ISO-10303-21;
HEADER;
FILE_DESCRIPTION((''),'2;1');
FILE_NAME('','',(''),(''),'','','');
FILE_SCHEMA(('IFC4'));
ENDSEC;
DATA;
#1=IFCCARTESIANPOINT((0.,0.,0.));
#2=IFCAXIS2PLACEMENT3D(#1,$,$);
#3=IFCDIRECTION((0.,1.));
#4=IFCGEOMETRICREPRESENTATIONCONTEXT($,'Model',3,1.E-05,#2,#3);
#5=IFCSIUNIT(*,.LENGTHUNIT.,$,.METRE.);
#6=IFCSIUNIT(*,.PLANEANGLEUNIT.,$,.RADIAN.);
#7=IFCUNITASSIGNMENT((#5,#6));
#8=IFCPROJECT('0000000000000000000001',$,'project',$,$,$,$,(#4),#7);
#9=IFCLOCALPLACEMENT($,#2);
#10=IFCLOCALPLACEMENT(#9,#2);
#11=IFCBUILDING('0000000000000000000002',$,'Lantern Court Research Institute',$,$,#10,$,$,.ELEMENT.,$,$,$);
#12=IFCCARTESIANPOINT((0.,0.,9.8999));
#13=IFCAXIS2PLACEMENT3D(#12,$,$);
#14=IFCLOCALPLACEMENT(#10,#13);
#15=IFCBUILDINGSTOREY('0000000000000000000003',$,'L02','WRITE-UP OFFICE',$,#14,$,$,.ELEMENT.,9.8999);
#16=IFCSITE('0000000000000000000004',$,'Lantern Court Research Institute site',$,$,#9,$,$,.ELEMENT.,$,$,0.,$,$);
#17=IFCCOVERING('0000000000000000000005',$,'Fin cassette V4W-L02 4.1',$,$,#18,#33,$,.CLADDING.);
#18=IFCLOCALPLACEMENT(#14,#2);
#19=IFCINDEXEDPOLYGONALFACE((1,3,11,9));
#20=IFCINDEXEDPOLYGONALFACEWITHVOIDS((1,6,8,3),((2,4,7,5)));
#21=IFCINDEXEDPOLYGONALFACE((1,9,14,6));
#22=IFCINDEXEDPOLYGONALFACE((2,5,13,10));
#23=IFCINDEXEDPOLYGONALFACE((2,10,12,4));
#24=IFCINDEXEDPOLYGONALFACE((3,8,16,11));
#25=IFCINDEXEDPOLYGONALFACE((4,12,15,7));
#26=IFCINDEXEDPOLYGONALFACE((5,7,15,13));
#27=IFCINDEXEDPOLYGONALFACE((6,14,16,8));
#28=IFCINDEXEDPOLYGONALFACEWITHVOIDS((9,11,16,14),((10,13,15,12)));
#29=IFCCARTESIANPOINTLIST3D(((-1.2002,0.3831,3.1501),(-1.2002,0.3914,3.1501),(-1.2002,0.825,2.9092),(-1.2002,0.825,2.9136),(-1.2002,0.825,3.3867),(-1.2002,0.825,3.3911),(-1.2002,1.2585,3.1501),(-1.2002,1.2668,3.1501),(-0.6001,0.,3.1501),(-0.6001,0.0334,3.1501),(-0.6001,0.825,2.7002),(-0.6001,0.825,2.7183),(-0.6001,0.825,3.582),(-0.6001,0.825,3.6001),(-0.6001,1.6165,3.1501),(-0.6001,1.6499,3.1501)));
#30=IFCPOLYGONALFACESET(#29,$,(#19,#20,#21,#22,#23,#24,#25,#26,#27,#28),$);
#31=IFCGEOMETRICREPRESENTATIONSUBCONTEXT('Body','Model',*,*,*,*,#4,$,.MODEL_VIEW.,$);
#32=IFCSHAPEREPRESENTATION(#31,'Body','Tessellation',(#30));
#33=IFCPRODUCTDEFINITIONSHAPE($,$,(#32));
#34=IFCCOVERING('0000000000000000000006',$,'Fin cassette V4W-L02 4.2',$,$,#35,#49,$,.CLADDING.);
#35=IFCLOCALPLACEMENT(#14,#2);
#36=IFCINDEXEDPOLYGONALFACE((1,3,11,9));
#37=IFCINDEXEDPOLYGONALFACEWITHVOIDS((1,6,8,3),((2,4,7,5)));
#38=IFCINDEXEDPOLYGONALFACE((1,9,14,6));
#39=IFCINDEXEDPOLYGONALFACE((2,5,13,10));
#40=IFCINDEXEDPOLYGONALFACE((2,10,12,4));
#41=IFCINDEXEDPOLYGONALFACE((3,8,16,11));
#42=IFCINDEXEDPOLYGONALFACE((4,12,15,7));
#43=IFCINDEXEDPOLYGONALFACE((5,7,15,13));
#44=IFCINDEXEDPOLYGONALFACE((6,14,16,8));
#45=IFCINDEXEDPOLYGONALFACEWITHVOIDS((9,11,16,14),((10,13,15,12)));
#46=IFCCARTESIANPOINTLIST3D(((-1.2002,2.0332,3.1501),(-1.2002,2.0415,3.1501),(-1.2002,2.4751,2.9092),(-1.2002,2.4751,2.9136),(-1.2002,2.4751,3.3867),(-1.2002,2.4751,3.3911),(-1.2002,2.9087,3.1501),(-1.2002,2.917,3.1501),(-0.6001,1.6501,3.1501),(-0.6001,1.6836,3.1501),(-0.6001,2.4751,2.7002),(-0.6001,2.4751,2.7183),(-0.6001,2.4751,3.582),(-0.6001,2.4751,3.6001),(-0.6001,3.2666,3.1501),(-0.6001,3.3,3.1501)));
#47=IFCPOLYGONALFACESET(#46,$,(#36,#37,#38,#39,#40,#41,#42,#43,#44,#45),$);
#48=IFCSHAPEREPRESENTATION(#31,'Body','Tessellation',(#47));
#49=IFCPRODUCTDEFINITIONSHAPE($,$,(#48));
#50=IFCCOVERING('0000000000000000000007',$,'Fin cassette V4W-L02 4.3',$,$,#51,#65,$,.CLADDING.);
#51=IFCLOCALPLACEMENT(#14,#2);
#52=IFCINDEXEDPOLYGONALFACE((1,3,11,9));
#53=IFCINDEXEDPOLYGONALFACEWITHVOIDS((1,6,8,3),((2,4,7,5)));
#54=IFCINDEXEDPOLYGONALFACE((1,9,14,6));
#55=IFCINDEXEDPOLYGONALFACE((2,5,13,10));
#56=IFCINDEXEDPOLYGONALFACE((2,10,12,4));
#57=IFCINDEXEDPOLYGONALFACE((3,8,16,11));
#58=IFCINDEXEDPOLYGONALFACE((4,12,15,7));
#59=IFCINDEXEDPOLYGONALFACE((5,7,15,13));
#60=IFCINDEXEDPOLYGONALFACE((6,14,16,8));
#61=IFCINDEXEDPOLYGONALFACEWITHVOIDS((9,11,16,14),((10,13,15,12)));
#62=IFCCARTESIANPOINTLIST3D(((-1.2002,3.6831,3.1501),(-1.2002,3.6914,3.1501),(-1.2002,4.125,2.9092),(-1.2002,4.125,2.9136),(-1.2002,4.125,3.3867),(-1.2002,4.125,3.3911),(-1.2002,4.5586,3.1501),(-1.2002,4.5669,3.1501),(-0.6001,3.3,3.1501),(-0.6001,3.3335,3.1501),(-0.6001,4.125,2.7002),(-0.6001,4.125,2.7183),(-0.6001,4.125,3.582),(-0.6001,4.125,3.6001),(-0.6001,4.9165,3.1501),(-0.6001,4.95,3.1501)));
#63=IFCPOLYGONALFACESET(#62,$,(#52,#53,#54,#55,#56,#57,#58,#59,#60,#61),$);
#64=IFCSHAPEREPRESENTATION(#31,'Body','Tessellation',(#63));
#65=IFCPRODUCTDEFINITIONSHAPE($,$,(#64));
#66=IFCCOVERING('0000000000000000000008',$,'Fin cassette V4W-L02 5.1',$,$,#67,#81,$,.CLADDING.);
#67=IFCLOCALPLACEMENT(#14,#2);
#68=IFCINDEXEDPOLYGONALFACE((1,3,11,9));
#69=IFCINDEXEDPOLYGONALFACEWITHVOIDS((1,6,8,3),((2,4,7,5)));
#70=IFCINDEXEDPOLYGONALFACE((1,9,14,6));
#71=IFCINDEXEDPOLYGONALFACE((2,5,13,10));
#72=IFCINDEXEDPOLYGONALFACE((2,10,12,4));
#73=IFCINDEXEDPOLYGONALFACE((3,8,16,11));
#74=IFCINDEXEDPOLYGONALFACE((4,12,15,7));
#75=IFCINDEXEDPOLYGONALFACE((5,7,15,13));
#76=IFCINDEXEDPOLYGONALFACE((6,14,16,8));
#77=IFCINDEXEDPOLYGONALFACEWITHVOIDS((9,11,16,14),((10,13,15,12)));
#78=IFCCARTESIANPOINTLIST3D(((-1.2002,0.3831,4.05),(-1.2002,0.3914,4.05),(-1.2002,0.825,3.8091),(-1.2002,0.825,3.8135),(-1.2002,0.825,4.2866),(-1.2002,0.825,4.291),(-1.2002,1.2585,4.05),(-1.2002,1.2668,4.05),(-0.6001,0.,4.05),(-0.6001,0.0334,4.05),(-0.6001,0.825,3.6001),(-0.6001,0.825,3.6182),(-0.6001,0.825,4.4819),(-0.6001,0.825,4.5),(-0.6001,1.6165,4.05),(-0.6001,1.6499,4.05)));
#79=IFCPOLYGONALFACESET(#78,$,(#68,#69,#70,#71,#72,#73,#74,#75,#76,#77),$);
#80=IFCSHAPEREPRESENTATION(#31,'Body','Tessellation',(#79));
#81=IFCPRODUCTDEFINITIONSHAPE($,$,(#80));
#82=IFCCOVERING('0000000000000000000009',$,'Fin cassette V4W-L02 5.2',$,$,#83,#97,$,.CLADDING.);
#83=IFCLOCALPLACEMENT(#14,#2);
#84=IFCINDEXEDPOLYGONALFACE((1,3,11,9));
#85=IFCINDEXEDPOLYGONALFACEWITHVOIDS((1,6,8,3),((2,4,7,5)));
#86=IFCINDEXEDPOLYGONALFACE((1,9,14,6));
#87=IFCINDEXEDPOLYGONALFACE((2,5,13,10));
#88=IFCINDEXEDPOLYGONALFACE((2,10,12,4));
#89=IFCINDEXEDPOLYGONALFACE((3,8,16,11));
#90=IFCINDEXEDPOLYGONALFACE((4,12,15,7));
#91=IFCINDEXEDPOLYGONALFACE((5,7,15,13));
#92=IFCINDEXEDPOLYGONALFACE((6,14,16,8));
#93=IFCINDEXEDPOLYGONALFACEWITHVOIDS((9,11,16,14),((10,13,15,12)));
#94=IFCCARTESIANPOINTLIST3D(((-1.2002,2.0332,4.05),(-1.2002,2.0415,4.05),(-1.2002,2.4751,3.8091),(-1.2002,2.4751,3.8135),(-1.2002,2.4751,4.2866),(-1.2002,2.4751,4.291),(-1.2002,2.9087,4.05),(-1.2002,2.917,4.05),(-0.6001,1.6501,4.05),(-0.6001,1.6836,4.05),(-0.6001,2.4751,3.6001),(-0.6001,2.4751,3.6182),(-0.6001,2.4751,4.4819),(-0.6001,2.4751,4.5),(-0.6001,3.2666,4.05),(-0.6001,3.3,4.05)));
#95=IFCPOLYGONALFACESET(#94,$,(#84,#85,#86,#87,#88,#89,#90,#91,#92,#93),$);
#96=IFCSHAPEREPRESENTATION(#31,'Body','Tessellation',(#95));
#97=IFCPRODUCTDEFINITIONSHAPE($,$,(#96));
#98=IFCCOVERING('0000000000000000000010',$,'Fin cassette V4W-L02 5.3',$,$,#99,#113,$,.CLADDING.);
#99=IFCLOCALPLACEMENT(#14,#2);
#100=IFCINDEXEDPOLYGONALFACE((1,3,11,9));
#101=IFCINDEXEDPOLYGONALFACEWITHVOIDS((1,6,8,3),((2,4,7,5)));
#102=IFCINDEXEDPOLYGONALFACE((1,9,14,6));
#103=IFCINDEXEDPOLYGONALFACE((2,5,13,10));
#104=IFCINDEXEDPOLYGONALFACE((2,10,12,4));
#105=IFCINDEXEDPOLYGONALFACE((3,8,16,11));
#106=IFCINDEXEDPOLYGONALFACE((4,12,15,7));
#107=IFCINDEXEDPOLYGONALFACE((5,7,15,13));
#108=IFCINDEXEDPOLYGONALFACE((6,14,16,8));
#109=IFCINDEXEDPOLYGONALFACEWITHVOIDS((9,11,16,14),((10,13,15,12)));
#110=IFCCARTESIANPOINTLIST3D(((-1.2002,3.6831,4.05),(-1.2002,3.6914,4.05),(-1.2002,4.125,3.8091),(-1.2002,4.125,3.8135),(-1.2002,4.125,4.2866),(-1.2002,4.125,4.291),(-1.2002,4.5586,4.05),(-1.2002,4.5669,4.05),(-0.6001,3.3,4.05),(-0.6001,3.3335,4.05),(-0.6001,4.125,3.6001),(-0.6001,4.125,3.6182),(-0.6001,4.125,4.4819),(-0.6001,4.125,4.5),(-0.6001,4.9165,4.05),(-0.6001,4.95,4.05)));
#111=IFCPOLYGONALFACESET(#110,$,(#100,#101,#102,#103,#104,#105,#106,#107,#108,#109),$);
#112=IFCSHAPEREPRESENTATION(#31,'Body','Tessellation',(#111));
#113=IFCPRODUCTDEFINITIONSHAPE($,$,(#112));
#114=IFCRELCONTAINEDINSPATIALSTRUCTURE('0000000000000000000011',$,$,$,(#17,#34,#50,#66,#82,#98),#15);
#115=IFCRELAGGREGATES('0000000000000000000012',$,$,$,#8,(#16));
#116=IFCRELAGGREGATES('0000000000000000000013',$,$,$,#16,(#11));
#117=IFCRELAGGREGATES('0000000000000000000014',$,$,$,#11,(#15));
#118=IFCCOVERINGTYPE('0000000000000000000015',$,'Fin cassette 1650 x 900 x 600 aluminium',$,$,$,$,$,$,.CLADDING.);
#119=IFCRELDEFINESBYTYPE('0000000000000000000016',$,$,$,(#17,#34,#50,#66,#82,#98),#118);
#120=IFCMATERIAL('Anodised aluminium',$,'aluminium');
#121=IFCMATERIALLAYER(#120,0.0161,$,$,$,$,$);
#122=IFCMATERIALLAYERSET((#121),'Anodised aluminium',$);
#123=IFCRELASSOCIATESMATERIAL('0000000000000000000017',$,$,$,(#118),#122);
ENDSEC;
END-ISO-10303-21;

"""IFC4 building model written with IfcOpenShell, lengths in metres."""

from ifc_helpers import new_model, entity, si_unit, direction, frame, origin, place, context, subcontext, project, spatial, material, layer, layer_set, type_object, element, save


model = new_model("IFC4")

# Units and contexts
model_context = context("Model", 3, precision=1e-05, world=origin(), true_north=direction((0.0, 1.0)))
body_context = subcontext(model_context, "Body", "Model", "MODEL_VIEW")
ifc_project = project(units=[si_unit("LENGTHUNIT", "METRE"), si_unit("PLANEANGLEUNIT", "RADIAN")], contexts=[model_context])

# Site, building, storey
site_placement = place(None, origin())
site = spatial("IfcSite", under=ifc_project, at=site_placement, Name="Lantern Court Research Institute site", CompositionType="ELEMENT", RefElevation=0.0)
building_placement = place(site_placement, origin())
building = spatial("IfcBuilding", under=site, at=building_placement, Name="Lantern Court Research Institute", CompositionType="ELEMENT")
storey_placement = place(building_placement, frame((0.0, 0.0, 9.8999)))
storey = spatial("IfcBuildingStorey", under=building, at=storey_placement, Name="L02", Description="WRITE-UP OFFICE", CompositionType="ELEMENT", Elevation=9.8999)

# Coverings
ifc_material_1 = material(Name="Anodised aluminium", Category="aluminium")
ifc_layer_1 = layer(ifc_material_1, 0.0161)
ifc_layer_set_1 = layer_set([ifc_layer_1], Name="Anodised aluminium")
covering_type = type_object("IfcCoveringType", Name="Fin cassette 1650 x 900 x 600 aluminium", PredefinedType="CLADDING", material=ifc_layer_set_1)
covering_1_placement = place(storey_placement, frame((-0.6001, 0.825, 3.1501), z_axis=(-1.0, 0.0, 0.0), x_axis=(0.0, -1.0, 0.0)))
cartesian_point_1 = entity("IfcCartesianPoint", [0.825, 0.0])
cartesian_point_2 = entity("IfcCartesianPoint", [0.7915, 0.0])
cartesian_point_3 = entity("IfcCartesianPoint", [0.4419, 0.0])
cartesian_point_4 = entity("IfcCartesianPoint", [0.4336, 0.0])
element("IfcCovering", 1, at=covering_1_placement, inside=storey, type_object=covering_type, Name="Fin cassette V4W-L02 4.1", PredefinedType="CLADDING", context=body_context, shape_type="SweptSolid", body=[
    entity("IfcExtrudedAreaSolidTapered", entity("IfcArbitraryProfileDefWithVoids", "AREA", None, entity("IfcPolyline", [cartesian_point_1, entity("IfcCartesianPoint", [0.0, 0.45]), entity("IfcCartesianPoint", [-0.825, 0.0]), entity("IfcCartesianPoint", [0.0, -0.45]), cartesian_point_1]), [entity("IfcPolyline", [cartesian_point_2, entity("IfcCartesianPoint", [0.0, 0.4319]), entity("IfcCartesianPoint", [-0.7915, 0.0]), entity("IfcCartesianPoint", [0.0, -0.4319]), cartesian_point_2])]), entity("IfcAxis2Placement3D", entity("IfcCartesianPoint", [0.0, 0.0, 0.0])), entity("IfcDirection", [0.0, 0.0, 1.0]), 0.6001, entity("IfcArbitraryProfileDefWithVoids", "AREA", None, entity("IfcPolyline", [cartesian_point_3, entity("IfcCartesianPoint", [0.0, 0.241]), entity("IfcCartesianPoint", [-0.4419, 0.0]), entity("IfcCartesianPoint", [0.0, -0.241]), cartesian_point_3]), [entity("IfcPolyline", [cartesian_point_4, entity("IfcCartesianPoint", [0.0, 0.2366]), entity("IfcCartesianPoint", [-0.4336, 0.0]), entity("IfcCartesianPoint", [0.0, -0.2366]), cartesian_point_4])])),
])
covering_2_placement = place(storey_placement, frame((-0.6001, 2.4751, 3.1501), z_axis=(-1.0, 0.0, 0.0), x_axis=(0.0, -1.0, 0.0)))
cartesian_point_5 = entity("IfcCartesianPoint", [0.825, 0.0])
cartesian_point_6 = entity("IfcCartesianPoint", [0.7915, 0.0])
cartesian_point_7 = entity("IfcCartesianPoint", [0.4419, 0.0])
cartesian_point_8 = entity("IfcCartesianPoint", [0.4336, 0.0])
element("IfcCovering", 2, at=covering_2_placement, inside=storey, type_object=covering_type, Name="Fin cassette V4W-L02 4.2", PredefinedType="CLADDING", context=body_context, shape_type="SweptSolid", body=[
    entity("IfcExtrudedAreaSolidTapered", entity("IfcArbitraryProfileDefWithVoids", "AREA", None, entity("IfcPolyline", [cartesian_point_5, entity("IfcCartesianPoint", [0.0, 0.45]), entity("IfcCartesianPoint", [-0.825, 0.0]), entity("IfcCartesianPoint", [0.0, -0.45]), cartesian_point_5]), [entity("IfcPolyline", [cartesian_point_6, entity("IfcCartesianPoint", [0.0, 0.4319]), entity("IfcCartesianPoint", [-0.7915, 0.0]), entity("IfcCartesianPoint", [0.0, -0.4319]), cartesian_point_6])]), entity("IfcAxis2Placement3D", entity("IfcCartesianPoint", [0.0, 0.0, 0.0])), entity("IfcDirection", [0.0, 0.0, 1.0]), 0.6001, entity("IfcArbitraryProfileDefWithVoids", "AREA", None, entity("IfcPolyline", [cartesian_point_7, entity("IfcCartesianPoint", [0.0, 0.241]), entity("IfcCartesianPoint", [-0.4419, 0.0]), entity("IfcCartesianPoint", [0.0, -0.241]), cartesian_point_7]), [entity("IfcPolyline", [cartesian_point_8, entity("IfcCartesianPoint", [0.0, 0.2366]), entity("IfcCartesianPoint", [-0.4336, 0.0]), entity("IfcCartesianPoint", [0.0, -0.2366]), cartesian_point_8])])),
])
covering_3_placement = place(storey_placement, frame((-0.6001, 4.125, 3.1501), z_axis=(-1.0, 0.0, 0.0), x_axis=(0.0, -1.0, 0.0)))
cartesian_point_9 = entity("IfcCartesianPoint", [0.825, 0.0])
cartesian_point_10 = entity("IfcCartesianPoint", [0.7915, 0.0])
cartesian_point_11 = entity("IfcCartesianPoint", [0.4419, 0.0])
cartesian_point_12 = entity("IfcCartesianPoint", [0.4336, 0.0])
element("IfcCovering", 3, at=covering_3_placement, inside=storey, type_object=covering_type, Name="Fin cassette V4W-L02 4.3", PredefinedType="CLADDING", context=body_context, shape_type="SweptSolid", body=[
    entity("IfcExtrudedAreaSolidTapered", entity("IfcArbitraryProfileDefWithVoids", "AREA", None, entity("IfcPolyline", [cartesian_point_9, entity("IfcCartesianPoint", [0.0, 0.45]), entity("IfcCartesianPoint", [-0.825, 0.0]), entity("IfcCartesianPoint", [0.0, -0.45]), cartesian_point_9]), [entity("IfcPolyline", [cartesian_point_10, entity("IfcCartesianPoint", [0.0, 0.4319]), entity("IfcCartesianPoint", [-0.7915, 0.0]), entity("IfcCartesianPoint", [0.0, -0.4319]), cartesian_point_10])]), entity("IfcAxis2Placement3D", entity("IfcCartesianPoint", [0.0, 0.0, 0.0])), entity("IfcDirection", [0.0, 0.0, 1.0]), 0.6001, entity("IfcArbitraryProfileDefWithVoids", "AREA", None, entity("IfcPolyline", [cartesian_point_11, entity("IfcCartesianPoint", [0.0, 0.241]), entity("IfcCartesianPoint", [-0.4419, 0.0]), entity("IfcCartesianPoint", [0.0, -0.241]), cartesian_point_11]), [entity("IfcPolyline", [cartesian_point_12, entity("IfcCartesianPoint", [0.0, 0.2366]), entity("IfcCartesianPoint", [-0.4336, 0.0]), entity("IfcCartesianPoint", [0.0, -0.2366]), cartesian_point_12])])),
])
covering_4_placement = place(storey_placement, frame((-0.6001, 0.825, 4.05), z_axis=(-1.0, 0.0, 0.0), x_axis=(0.0, -1.0, 0.0)))
cartesian_point_13 = entity("IfcCartesianPoint", [0.825, 0.0])
cartesian_point_14 = entity("IfcCartesianPoint", [0.7915, 0.0])
cartesian_point_15 = entity("IfcCartesianPoint", [0.4419, 0.0])
cartesian_point_16 = entity("IfcCartesianPoint", [0.4336, 0.0])
element("IfcCovering", 4, at=covering_4_placement, inside=storey, type_object=covering_type, Name="Fin cassette V4W-L02 5.1", PredefinedType="CLADDING", context=body_context, shape_type="SweptSolid", body=[
    entity("IfcExtrudedAreaSolidTapered", entity("IfcArbitraryProfileDefWithVoids", "AREA", None, entity("IfcPolyline", [cartesian_point_13, entity("IfcCartesianPoint", [0.0, 0.45]), entity("IfcCartesianPoint", [-0.825, 0.0]), entity("IfcCartesianPoint", [0.0, -0.45]), cartesian_point_13]), [entity("IfcPolyline", [cartesian_point_14, entity("IfcCartesianPoint", [0.0, 0.4319]), entity("IfcCartesianPoint", [-0.7915, 0.0]), entity("IfcCartesianPoint", [0.0, -0.4319]), cartesian_point_14])]), entity("IfcAxis2Placement3D", entity("IfcCartesianPoint", [0.0, 0.0, 0.0])), entity("IfcDirection", [0.0, 0.0, 1.0]), 0.6001, entity("IfcArbitraryProfileDefWithVoids", "AREA", None, entity("IfcPolyline", [cartesian_point_15, entity("IfcCartesianPoint", [0.0, 0.241]), entity("IfcCartesianPoint", [-0.4419, 0.0]), entity("IfcCartesianPoint", [0.0, -0.241]), cartesian_point_15]), [entity("IfcPolyline", [cartesian_point_16, entity("IfcCartesianPoint", [0.0, 0.2366]), entity("IfcCartesianPoint", [-0.4336, 0.0]), entity("IfcCartesianPoint", [0.0, -0.2366]), cartesian_point_16])])),
])
covering_5_placement = place(storey_placement, frame((-0.6001, 2.4751, 4.05), z_axis=(-1.0, 0.0, 0.0), x_axis=(0.0, -1.0, 0.0)))
cartesian_point_17 = entity("IfcCartesianPoint", [0.825, 0.0])
cartesian_point_18 = entity("IfcCartesianPoint", [0.7915, 0.0])
cartesian_point_19 = entity("IfcCartesianPoint", [0.4419, 0.0])
cartesian_point_20 = entity("IfcCartesianPoint", [0.4336, 0.0])
element("IfcCovering", 5, at=covering_5_placement, inside=storey, type_object=covering_type, Name="Fin cassette V4W-L02 5.2", PredefinedType="CLADDING", context=body_context, shape_type="SweptSolid", body=[
    entity("IfcExtrudedAreaSolidTapered", entity("IfcArbitraryProfileDefWithVoids", "AREA", None, entity("IfcPolyline", [cartesian_point_17, entity("IfcCartesianPoint", [0.0, 0.45]), entity("IfcCartesianPoint", [-0.825, 0.0]), entity("IfcCartesianPoint", [0.0, -0.45]), cartesian_point_17]), [entity("IfcPolyline", [cartesian_point_18, entity("IfcCartesianPoint", [0.0, 0.4319]), entity("IfcCartesianPoint", [-0.7915, 0.0]), entity("IfcCartesianPoint", [0.0, -0.4319]), cartesian_point_18])]), entity("IfcAxis2Placement3D", entity("IfcCartesianPoint", [0.0, 0.0, 0.0])), entity("IfcDirection", [0.0, 0.0, 1.0]), 0.6001, entity("IfcArbitraryProfileDefWithVoids", "AREA", None, entity("IfcPolyline", [cartesian_point_19, entity("IfcCartesianPoint", [0.0, 0.241]), entity("IfcCartesianPoint", [-0.4419, 0.0]), entity("IfcCartesianPoint", [0.0, -0.241]), cartesian_point_19]), [entity("IfcPolyline", [cartesian_point_20, entity("IfcCartesianPoint", [0.0, 0.2366]), entity("IfcCartesianPoint", [-0.4336, 0.0]), entity("IfcCartesianPoint", [0.0, -0.2366]), cartesian_point_20])])),
])
covering_6_placement = place(storey_placement, frame((-0.6001, 4.125, 4.05), z_axis=(-1.0, 0.0, 0.0), x_axis=(0.0, -1.0, 0.0)))
cartesian_point_21 = entity("IfcCartesianPoint", [0.825, 0.0])
cartesian_point_22 = entity("IfcCartesianPoint", [0.7915, 0.0])
cartesian_point_23 = entity("IfcCartesianPoint", [0.4419, 0.0])
cartesian_point_24 = entity("IfcCartesianPoint", [0.4336, 0.0])
element("IfcCovering", 6, at=covering_6_placement, inside=storey, type_object=covering_type, Name="Fin cassette V4W-L02 5.3", PredefinedType="CLADDING", context=body_context, shape_type="SweptSolid", body=[
    entity("IfcExtrudedAreaSolidTapered", entity("IfcArbitraryProfileDefWithVoids", "AREA", None, entity("IfcPolyline", [cartesian_point_21, entity("IfcCartesianPoint", [0.0, 0.45]), entity("IfcCartesianPoint", [-0.825, 0.0]), entity("IfcCartesianPoint", [0.0, -0.45]), cartesian_point_21]), [entity("IfcPolyline", [cartesian_point_22, entity("IfcCartesianPoint", [0.0, 0.4319]), entity("IfcCartesianPoint", [-0.7915, 0.0]), entity("IfcCartesianPoint", [0.0, -0.4319]), cartesian_point_22])]), entity("IfcAxis2Placement3D", entity("IfcCartesianPoint", [0.0, 0.0, 0.0])), entity("IfcDirection", [0.0, 0.0, 1.0]), 0.6001, entity("IfcArbitraryProfileDefWithVoids", "AREA", None, entity("IfcPolyline", [cartesian_point_23, entity("IfcCartesianPoint", [0.0, 0.241]), entity("IfcCartesianPoint", [-0.4419, 0.0]), entity("IfcCartesianPoint", [0.0, -0.241]), cartesian_point_23]), [entity("IfcPolyline", [cartesian_point_24, entity("IfcCartesianPoint", [0.0, 0.2366]), entity("IfcCartesianPoint", [-0.4336, 0.0]), entity("IfcCartesianPoint", [0.0, -0.2366]), cartesian_point_24])])),
])

save(model, "model.ifc")
